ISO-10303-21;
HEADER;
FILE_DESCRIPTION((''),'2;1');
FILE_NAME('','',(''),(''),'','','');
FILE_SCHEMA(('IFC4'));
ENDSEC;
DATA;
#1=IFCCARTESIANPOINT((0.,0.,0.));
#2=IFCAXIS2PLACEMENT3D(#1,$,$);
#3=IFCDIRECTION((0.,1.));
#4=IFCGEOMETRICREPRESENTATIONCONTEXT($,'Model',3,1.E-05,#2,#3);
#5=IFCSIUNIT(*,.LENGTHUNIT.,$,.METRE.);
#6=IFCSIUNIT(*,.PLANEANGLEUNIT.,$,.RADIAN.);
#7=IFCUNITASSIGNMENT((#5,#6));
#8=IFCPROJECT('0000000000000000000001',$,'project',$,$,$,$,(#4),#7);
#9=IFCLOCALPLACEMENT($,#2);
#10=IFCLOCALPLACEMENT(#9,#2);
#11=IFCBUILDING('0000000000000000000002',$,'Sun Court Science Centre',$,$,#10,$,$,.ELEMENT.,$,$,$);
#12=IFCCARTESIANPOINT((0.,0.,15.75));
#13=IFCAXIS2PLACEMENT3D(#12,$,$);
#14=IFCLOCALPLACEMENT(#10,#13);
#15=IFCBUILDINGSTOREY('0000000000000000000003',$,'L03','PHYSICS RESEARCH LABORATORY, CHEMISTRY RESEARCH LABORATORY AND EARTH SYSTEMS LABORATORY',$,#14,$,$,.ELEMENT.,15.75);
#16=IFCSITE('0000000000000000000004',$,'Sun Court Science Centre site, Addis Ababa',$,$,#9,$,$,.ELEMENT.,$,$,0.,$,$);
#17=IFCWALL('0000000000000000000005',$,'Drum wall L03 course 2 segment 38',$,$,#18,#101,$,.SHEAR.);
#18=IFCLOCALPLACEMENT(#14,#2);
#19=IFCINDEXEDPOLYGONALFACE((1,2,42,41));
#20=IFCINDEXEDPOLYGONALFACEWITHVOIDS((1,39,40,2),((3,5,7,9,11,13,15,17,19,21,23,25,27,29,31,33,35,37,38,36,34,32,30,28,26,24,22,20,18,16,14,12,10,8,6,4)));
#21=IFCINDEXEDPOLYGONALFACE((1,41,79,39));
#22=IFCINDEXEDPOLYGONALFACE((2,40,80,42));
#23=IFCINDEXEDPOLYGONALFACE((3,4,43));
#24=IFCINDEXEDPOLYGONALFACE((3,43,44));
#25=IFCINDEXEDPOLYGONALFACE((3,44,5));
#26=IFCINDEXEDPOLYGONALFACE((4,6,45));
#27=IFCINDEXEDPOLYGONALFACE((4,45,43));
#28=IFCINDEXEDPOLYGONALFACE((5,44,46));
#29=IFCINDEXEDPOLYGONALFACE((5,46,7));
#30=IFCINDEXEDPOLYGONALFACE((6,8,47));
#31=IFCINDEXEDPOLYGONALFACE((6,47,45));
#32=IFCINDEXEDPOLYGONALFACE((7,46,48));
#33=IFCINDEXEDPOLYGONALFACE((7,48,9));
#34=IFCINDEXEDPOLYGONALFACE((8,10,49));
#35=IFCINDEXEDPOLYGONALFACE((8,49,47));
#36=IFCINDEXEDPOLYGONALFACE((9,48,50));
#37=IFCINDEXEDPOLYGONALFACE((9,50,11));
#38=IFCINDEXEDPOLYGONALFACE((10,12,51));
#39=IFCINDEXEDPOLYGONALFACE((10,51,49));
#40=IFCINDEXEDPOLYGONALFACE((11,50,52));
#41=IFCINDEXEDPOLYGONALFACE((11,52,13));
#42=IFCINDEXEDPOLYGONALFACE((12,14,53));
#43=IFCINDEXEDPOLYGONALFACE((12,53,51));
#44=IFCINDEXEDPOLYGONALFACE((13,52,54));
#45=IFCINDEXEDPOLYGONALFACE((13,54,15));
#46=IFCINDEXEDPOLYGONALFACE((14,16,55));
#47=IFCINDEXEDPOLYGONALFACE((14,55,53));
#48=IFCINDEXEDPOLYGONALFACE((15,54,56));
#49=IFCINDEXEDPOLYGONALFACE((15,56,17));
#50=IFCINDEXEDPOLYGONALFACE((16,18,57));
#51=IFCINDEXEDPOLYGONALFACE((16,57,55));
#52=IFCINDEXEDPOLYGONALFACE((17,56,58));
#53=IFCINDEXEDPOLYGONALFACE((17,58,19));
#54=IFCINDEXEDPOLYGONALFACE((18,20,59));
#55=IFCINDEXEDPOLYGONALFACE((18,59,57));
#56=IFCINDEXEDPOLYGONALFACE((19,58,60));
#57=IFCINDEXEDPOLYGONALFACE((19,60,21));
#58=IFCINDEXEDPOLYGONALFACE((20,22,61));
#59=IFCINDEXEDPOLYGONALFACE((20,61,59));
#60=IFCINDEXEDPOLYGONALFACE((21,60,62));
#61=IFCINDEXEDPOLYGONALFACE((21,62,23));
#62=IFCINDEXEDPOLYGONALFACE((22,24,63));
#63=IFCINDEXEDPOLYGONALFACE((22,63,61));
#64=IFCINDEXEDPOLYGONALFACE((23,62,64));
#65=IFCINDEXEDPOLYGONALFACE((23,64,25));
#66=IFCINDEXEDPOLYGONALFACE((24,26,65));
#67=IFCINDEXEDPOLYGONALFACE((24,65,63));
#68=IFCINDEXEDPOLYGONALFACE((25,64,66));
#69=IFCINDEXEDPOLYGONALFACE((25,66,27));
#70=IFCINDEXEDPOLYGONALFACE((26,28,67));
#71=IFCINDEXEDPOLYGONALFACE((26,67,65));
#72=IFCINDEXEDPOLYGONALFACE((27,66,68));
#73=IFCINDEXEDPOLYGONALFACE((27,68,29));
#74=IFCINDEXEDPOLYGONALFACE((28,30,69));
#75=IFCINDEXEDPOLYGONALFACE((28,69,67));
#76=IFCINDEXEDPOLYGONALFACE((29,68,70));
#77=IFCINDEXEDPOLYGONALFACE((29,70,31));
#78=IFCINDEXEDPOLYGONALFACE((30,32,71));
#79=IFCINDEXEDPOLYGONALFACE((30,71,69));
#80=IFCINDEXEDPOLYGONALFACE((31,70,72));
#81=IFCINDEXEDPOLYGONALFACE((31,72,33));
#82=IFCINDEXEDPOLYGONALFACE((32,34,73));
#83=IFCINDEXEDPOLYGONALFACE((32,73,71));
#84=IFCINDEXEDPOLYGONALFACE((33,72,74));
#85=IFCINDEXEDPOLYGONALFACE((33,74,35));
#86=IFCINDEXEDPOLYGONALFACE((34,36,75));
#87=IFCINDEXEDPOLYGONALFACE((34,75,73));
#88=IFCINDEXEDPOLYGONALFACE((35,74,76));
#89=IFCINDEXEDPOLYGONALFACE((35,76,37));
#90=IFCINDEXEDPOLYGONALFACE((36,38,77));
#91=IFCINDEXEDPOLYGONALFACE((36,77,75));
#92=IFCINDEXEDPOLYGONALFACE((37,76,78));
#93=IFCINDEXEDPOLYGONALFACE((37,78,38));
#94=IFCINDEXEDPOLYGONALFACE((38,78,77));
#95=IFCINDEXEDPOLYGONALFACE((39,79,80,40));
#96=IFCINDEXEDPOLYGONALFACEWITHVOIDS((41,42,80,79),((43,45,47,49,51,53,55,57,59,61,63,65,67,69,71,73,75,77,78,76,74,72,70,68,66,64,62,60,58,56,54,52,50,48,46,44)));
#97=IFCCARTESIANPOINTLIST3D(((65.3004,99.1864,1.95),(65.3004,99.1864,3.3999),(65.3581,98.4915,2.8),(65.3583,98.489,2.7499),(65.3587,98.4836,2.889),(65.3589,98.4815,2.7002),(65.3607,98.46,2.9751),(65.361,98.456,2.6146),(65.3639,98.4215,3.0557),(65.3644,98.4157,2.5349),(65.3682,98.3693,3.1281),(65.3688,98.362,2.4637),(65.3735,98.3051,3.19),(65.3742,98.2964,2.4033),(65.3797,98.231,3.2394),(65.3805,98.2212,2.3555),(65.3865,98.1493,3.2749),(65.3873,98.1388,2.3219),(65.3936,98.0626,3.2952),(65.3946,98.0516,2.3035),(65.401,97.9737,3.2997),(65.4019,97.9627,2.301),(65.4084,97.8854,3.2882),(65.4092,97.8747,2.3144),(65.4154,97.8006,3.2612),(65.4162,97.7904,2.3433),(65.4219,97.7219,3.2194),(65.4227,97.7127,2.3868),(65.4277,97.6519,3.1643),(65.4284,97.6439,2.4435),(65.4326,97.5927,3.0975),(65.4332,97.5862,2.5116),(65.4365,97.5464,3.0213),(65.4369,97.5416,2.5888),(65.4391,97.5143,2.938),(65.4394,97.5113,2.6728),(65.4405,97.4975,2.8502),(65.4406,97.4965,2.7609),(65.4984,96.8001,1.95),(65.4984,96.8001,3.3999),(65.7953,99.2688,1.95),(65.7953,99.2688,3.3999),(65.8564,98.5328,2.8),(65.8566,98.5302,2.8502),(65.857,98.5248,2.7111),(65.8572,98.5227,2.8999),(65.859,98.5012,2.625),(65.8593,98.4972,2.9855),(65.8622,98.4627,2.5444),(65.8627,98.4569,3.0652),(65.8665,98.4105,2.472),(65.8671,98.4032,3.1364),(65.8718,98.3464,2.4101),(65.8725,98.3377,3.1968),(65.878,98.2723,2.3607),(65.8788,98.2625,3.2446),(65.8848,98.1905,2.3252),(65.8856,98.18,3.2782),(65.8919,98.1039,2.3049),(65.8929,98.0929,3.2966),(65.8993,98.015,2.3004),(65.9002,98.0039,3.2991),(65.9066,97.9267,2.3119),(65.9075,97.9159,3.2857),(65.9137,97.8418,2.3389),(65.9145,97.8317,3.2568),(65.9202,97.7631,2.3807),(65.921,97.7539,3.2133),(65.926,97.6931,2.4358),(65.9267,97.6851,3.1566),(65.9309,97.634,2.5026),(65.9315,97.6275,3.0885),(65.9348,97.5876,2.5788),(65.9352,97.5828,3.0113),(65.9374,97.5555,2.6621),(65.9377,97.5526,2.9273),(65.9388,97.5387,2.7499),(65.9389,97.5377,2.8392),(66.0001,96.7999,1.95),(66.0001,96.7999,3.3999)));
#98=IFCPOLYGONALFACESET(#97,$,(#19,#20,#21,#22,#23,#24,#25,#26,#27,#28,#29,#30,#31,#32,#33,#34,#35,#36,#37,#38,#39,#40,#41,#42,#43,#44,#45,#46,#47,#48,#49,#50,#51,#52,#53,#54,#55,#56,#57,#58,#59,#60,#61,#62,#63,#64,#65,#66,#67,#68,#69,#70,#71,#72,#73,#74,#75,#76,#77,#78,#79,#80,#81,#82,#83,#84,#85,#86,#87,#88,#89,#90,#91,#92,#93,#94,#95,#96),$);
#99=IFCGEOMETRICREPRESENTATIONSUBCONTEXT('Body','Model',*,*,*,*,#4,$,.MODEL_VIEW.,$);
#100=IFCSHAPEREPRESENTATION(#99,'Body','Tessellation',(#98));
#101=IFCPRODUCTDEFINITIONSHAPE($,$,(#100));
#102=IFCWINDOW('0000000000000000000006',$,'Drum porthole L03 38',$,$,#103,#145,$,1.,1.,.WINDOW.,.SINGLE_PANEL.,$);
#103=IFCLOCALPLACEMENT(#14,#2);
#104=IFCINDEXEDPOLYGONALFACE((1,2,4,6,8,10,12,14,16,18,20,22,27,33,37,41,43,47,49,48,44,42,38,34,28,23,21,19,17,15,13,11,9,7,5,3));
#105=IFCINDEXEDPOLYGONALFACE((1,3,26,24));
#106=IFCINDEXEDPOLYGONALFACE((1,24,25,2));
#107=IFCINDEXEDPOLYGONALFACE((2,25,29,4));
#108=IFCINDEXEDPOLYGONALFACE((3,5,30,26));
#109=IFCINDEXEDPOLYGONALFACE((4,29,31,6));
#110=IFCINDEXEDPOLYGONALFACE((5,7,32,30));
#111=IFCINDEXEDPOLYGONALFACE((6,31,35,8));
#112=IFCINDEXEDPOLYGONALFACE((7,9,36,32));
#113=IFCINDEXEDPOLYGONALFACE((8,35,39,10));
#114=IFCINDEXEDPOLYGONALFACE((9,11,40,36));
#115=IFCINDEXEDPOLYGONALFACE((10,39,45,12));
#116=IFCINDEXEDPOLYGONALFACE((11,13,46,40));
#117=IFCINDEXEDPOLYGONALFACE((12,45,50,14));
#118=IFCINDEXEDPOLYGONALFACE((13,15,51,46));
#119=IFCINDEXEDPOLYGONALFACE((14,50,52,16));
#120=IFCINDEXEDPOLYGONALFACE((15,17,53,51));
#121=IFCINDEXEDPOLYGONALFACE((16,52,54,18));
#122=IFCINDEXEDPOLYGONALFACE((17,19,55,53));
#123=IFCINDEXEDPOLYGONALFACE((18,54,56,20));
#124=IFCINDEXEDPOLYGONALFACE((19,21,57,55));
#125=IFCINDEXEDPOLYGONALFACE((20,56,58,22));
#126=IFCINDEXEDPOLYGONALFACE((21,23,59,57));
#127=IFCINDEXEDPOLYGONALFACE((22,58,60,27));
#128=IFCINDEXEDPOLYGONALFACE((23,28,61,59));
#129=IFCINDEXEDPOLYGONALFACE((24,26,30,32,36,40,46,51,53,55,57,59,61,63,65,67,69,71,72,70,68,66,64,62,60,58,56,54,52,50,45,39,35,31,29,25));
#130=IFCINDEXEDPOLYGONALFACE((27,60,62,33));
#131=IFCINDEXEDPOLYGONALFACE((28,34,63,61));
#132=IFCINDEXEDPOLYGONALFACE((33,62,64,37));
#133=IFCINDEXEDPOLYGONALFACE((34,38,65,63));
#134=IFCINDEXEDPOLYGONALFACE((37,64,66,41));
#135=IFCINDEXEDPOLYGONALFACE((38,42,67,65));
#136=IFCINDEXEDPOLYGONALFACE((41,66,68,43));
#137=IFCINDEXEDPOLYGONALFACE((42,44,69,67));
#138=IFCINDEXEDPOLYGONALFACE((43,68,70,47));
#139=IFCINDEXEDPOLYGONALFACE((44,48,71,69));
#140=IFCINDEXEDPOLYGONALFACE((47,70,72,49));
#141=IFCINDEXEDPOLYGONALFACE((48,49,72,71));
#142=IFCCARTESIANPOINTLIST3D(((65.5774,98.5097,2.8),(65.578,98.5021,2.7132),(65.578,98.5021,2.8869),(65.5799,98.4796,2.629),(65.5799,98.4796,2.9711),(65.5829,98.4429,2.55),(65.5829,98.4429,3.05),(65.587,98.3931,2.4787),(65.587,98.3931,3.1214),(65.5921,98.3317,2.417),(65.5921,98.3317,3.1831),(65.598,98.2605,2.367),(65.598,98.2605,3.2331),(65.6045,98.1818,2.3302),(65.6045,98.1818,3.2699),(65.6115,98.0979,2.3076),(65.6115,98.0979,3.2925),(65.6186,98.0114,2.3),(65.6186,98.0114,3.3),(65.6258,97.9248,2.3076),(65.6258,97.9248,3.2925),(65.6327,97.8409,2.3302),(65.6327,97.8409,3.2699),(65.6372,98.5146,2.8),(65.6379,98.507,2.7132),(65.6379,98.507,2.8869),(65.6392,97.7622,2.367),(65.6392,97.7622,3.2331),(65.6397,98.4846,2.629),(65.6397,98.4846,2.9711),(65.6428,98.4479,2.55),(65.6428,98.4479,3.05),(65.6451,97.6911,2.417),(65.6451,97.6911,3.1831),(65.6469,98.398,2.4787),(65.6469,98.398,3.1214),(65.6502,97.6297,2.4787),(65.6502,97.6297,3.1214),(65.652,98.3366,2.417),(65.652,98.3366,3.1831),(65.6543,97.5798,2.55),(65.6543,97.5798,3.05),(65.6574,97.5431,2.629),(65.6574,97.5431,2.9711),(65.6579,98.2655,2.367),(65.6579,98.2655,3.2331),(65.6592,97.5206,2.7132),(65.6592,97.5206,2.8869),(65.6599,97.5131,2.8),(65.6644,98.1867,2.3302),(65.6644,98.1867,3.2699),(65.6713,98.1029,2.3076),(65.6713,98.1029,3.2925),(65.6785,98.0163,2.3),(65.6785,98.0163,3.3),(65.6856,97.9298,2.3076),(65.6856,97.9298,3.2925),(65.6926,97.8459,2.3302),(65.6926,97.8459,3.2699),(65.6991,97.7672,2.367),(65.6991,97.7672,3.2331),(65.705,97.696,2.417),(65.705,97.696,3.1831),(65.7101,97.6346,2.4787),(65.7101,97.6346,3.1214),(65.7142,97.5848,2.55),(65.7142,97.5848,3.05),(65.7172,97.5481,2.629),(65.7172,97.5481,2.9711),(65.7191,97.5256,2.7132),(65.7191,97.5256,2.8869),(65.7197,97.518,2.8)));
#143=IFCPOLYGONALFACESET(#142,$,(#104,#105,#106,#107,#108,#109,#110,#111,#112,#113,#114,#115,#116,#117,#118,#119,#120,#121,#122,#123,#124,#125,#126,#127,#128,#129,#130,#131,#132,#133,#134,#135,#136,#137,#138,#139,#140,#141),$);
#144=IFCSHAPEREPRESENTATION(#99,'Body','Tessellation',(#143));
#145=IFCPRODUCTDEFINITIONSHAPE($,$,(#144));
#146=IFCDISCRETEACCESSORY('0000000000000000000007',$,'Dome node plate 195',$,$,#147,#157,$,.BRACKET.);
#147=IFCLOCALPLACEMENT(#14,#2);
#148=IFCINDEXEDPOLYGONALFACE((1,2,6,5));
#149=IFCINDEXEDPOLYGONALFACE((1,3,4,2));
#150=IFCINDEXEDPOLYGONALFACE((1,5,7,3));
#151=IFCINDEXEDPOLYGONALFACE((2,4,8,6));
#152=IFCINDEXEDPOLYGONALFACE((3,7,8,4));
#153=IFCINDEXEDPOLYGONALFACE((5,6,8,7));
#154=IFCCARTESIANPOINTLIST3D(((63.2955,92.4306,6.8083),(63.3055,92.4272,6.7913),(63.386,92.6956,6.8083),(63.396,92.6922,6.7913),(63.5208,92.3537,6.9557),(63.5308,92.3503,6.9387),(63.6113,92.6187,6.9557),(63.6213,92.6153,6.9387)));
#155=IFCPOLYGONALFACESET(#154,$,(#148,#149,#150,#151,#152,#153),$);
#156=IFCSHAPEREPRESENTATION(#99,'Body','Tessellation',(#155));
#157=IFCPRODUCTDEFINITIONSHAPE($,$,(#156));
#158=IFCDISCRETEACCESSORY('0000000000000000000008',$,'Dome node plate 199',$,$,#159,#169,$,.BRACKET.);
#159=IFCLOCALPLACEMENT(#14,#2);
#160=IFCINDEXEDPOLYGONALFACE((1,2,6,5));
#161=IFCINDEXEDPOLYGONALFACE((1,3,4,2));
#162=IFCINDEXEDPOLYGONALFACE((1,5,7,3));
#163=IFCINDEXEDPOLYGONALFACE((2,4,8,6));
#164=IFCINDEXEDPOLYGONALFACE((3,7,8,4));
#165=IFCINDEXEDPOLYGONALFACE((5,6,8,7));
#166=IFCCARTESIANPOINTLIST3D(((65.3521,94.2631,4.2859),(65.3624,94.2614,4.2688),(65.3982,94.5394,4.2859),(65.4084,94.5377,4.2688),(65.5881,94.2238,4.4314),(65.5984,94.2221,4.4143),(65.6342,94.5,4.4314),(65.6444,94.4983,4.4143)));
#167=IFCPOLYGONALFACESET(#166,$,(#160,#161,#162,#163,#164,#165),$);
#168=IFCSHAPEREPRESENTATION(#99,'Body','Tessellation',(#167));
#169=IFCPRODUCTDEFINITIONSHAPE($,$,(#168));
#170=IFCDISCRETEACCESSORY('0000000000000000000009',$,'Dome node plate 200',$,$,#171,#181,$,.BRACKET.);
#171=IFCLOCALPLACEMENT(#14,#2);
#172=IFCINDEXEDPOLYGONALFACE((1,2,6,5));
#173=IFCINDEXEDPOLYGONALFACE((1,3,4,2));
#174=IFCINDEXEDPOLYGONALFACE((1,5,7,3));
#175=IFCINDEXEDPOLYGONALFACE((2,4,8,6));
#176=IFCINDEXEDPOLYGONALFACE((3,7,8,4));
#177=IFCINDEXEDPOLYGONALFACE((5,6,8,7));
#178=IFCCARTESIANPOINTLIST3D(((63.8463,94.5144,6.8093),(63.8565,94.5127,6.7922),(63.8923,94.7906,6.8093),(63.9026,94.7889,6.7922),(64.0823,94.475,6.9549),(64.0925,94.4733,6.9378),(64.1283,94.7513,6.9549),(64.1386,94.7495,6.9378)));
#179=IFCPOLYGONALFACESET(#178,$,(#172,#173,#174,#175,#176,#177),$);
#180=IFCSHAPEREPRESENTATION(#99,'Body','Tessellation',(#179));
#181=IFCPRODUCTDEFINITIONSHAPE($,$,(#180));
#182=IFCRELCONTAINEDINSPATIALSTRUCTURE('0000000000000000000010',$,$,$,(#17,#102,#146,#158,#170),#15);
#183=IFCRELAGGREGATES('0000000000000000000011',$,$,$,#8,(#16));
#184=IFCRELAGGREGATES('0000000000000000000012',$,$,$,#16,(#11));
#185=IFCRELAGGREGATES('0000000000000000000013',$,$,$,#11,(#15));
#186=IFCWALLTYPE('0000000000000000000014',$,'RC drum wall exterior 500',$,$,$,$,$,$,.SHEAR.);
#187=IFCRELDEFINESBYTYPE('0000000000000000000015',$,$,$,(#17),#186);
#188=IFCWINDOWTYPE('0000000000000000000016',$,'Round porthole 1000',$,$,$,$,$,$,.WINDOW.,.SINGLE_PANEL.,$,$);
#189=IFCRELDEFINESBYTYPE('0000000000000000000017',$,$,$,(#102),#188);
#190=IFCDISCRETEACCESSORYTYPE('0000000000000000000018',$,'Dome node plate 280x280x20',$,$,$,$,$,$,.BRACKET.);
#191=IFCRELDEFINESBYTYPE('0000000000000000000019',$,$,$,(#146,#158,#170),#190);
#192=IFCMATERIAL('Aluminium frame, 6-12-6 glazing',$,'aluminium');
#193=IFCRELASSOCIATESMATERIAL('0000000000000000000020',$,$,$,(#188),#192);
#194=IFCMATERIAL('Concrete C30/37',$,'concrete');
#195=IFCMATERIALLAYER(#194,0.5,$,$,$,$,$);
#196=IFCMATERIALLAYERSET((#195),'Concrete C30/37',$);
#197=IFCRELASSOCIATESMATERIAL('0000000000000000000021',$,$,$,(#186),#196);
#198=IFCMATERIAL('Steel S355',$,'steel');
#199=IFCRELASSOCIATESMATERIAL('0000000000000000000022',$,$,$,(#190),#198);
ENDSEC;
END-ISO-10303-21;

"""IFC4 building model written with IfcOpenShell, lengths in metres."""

from ifc_helpers import new_model, si_unit, direction, frame, frame_2d, origin, origin_2d, place, context, subcontext, project, spatial, polyline, rectangle, circle, outline, extrude, material, layer, layer_set, material_profile, profile_set, type_object, element, fill, save


model = new_model("IFC4")

# Units and contexts
model_context = context("Model", 3, precision=1e-05, world=origin(), true_north=direction((0.0, 1.0)))
body_context = subcontext(model_context, "Body", "Model", "MODEL_VIEW")
ifc_project = project(units=[si_unit("LENGTHUNIT", "METRE"), si_unit("PLANEANGLEUNIT", "RADIAN")], contexts=[model_context])

# Site, building, storey
site_placement = place(None, origin())
site = spatial("IfcSite", under=ifc_project, at=site_placement, Name="Sun Court Science Centre site, Addis Ababa", CompositionType="ELEMENT", RefElevation=0.0)
building_placement = place(site_placement, origin())
building = spatial("IfcBuilding", under=site, at=building_placement, Name="Sun Court Science Centre", CompositionType="ELEMENT")
storey_placement = place(building_placement, frame((0.0, 0.0, 15.75)))
storey = spatial("IfcBuildingStorey", under=building, at=storey_placement, Name="L03", Description="PHYSICS RESEARCH LABORATORY, CHEMISTRY RESEARCH LABORATORY AND EARTH SYSTEMS LABORATORY", CompositionType="ELEMENT", Elevation=15.75)

# Shared definitions
ifc_material_1 = material(Name="Aluminium frame, 6-12-6 glazing", Category="aluminium")
window_type = type_object("IfcWindowType", Name="Round porthole 1000", PartitioningType="SINGLE_PANEL", PredefinedType="WINDOW", material=ifc_material_1)

# Shared definitions
ifc_material_2 = material(Name="Concrete C30/37", Category="concrete")
ifc_layer_1 = layer(ifc_material_2, 0.5)
ifc_layer_set_1 = layer_set([ifc_layer_1], Name="Concrete C30/37")
wall_type_1 = type_object("IfcWallType", Name="RC drum wall exterior 500", PredefinedType="SHEAR", material=ifc_layer_set_1)

# Wall, opening, window
wall_1_placement = place(storey_placement, frame((65.7507, 96.7793, 1.95), z_axis=(0.0, 0.0, 1.0), x_axis=(-0.082483, 0.996592, 0.0)))
wall_1 = element("IfcWall", 1, at=wall_1_placement, inside=storey, type_object=wall_type_1, Name="Drum wall L03 course 2 segment 38", PredefinedType="SHEAR", context=body_context, shape_type="SweptSolid", body=[
    extrude(outline(polyline([(0.0, -0.2502), (2.4773, -0.2498), (2.436, 0.2502), (0.0415, 0.2498), (0.0, -0.2502)])), origin(), (0.0, 0.0, 1.0), 1.45),
])
opening_1_placement = place(wall_1_placement, frame((0.7388, 0.0, 0.3501)))
opening_1 = element("IfcOpeningElement", 2, at=opening_1_placement, cuts=wall_1, PredefinedType="OPENING", context=body_context, shape_type="SweptSolid", body=[
    extrude(circle(Radius=0.5, at=frame_2d((0.5, 0.5))), frame((0.0, 0.26, 0.0), z_axis=(0.0, -1.0, 0.0), x_axis=(1.0, 0.0, 0.0)), (0.0, 0.0, 1.0), 0.52),
])
window_1_placement = place(opening_1_placement, origin())
window_1 = element("IfcWindow", 3, at=window_1_placement, inside=storey, type_object=window_type, Name="Drum porthole L03 38", OverallHeight=1.0, OverallWidth=1.0, PartitioningType="SINGLE_PANEL", PredefinedType="WINDOW", context=body_context, shape_type="SweptSolid", body=[
    extrude(circle(Radius=0.5, at=frame_2d((0.5, 0.5))), frame((0.0, 0.03, 0.0), z_axis=(0.0, -1.0, 0.0), x_axis=(1.0, 0.0, 0.0)), (0.0, 0.0, 1.0), 0.0601),
])
fill(opening_1, window_1)

# Discrete accessories
ifc_material_3 = material(Name="Steel S355", Category="steel")
ifc_material_profile_1 = material_profile(ifc_material_3, rectangle(XDim=0.28, YDim=0.28, at=origin_2d()), Name="PL 280x280")
ifc_profile_set_1 = profile_set([ifc_material_profile_1], Name="Steel S355")
discrete_accessory_type = type_object("IfcDiscreteAccessoryType", Name="Dome node plate 280x280x20", PredefinedType="BRACKET", material=ifc_profile_set_1)
for number, where, z_axis, x_axis, name in (
    (4, (63.4634, 92.5212, 6.865), (-0.498041, 0.170063, 0.850314), (-0.323144, -0.94635, 0.0), "Dome node plate 195"),
    (5, (65.5034, 94.3799, 4.3416), (-0.512615, 0.085436, 0.854358), (-0.164399, -0.986394, 0.0), "Dome node plate 199"),
    (6, (63.9976, 94.6311, 6.865), (-0.512615, 0.085436, 0.854358), (-0.164399, -0.986394, 0.0), "Dome node plate 200"),
):
    element("IfcDiscreteAccessory", number, at=place(storey_placement, frame(where, z_axis=z_axis, x_axis=x_axis)), inside=storey, type_object=discrete_accessory_type, Name=name, PredefinedType="BRACKET", context=body_context, shape_type="SweptSolid", body=[
        extrude(rectangle(XDim=0.28, YDim=0.28, at=origin_2d()), origin(), (0.0, 0.0, 1.0), 0.02),
    ])

save(model, "model.ifc")
